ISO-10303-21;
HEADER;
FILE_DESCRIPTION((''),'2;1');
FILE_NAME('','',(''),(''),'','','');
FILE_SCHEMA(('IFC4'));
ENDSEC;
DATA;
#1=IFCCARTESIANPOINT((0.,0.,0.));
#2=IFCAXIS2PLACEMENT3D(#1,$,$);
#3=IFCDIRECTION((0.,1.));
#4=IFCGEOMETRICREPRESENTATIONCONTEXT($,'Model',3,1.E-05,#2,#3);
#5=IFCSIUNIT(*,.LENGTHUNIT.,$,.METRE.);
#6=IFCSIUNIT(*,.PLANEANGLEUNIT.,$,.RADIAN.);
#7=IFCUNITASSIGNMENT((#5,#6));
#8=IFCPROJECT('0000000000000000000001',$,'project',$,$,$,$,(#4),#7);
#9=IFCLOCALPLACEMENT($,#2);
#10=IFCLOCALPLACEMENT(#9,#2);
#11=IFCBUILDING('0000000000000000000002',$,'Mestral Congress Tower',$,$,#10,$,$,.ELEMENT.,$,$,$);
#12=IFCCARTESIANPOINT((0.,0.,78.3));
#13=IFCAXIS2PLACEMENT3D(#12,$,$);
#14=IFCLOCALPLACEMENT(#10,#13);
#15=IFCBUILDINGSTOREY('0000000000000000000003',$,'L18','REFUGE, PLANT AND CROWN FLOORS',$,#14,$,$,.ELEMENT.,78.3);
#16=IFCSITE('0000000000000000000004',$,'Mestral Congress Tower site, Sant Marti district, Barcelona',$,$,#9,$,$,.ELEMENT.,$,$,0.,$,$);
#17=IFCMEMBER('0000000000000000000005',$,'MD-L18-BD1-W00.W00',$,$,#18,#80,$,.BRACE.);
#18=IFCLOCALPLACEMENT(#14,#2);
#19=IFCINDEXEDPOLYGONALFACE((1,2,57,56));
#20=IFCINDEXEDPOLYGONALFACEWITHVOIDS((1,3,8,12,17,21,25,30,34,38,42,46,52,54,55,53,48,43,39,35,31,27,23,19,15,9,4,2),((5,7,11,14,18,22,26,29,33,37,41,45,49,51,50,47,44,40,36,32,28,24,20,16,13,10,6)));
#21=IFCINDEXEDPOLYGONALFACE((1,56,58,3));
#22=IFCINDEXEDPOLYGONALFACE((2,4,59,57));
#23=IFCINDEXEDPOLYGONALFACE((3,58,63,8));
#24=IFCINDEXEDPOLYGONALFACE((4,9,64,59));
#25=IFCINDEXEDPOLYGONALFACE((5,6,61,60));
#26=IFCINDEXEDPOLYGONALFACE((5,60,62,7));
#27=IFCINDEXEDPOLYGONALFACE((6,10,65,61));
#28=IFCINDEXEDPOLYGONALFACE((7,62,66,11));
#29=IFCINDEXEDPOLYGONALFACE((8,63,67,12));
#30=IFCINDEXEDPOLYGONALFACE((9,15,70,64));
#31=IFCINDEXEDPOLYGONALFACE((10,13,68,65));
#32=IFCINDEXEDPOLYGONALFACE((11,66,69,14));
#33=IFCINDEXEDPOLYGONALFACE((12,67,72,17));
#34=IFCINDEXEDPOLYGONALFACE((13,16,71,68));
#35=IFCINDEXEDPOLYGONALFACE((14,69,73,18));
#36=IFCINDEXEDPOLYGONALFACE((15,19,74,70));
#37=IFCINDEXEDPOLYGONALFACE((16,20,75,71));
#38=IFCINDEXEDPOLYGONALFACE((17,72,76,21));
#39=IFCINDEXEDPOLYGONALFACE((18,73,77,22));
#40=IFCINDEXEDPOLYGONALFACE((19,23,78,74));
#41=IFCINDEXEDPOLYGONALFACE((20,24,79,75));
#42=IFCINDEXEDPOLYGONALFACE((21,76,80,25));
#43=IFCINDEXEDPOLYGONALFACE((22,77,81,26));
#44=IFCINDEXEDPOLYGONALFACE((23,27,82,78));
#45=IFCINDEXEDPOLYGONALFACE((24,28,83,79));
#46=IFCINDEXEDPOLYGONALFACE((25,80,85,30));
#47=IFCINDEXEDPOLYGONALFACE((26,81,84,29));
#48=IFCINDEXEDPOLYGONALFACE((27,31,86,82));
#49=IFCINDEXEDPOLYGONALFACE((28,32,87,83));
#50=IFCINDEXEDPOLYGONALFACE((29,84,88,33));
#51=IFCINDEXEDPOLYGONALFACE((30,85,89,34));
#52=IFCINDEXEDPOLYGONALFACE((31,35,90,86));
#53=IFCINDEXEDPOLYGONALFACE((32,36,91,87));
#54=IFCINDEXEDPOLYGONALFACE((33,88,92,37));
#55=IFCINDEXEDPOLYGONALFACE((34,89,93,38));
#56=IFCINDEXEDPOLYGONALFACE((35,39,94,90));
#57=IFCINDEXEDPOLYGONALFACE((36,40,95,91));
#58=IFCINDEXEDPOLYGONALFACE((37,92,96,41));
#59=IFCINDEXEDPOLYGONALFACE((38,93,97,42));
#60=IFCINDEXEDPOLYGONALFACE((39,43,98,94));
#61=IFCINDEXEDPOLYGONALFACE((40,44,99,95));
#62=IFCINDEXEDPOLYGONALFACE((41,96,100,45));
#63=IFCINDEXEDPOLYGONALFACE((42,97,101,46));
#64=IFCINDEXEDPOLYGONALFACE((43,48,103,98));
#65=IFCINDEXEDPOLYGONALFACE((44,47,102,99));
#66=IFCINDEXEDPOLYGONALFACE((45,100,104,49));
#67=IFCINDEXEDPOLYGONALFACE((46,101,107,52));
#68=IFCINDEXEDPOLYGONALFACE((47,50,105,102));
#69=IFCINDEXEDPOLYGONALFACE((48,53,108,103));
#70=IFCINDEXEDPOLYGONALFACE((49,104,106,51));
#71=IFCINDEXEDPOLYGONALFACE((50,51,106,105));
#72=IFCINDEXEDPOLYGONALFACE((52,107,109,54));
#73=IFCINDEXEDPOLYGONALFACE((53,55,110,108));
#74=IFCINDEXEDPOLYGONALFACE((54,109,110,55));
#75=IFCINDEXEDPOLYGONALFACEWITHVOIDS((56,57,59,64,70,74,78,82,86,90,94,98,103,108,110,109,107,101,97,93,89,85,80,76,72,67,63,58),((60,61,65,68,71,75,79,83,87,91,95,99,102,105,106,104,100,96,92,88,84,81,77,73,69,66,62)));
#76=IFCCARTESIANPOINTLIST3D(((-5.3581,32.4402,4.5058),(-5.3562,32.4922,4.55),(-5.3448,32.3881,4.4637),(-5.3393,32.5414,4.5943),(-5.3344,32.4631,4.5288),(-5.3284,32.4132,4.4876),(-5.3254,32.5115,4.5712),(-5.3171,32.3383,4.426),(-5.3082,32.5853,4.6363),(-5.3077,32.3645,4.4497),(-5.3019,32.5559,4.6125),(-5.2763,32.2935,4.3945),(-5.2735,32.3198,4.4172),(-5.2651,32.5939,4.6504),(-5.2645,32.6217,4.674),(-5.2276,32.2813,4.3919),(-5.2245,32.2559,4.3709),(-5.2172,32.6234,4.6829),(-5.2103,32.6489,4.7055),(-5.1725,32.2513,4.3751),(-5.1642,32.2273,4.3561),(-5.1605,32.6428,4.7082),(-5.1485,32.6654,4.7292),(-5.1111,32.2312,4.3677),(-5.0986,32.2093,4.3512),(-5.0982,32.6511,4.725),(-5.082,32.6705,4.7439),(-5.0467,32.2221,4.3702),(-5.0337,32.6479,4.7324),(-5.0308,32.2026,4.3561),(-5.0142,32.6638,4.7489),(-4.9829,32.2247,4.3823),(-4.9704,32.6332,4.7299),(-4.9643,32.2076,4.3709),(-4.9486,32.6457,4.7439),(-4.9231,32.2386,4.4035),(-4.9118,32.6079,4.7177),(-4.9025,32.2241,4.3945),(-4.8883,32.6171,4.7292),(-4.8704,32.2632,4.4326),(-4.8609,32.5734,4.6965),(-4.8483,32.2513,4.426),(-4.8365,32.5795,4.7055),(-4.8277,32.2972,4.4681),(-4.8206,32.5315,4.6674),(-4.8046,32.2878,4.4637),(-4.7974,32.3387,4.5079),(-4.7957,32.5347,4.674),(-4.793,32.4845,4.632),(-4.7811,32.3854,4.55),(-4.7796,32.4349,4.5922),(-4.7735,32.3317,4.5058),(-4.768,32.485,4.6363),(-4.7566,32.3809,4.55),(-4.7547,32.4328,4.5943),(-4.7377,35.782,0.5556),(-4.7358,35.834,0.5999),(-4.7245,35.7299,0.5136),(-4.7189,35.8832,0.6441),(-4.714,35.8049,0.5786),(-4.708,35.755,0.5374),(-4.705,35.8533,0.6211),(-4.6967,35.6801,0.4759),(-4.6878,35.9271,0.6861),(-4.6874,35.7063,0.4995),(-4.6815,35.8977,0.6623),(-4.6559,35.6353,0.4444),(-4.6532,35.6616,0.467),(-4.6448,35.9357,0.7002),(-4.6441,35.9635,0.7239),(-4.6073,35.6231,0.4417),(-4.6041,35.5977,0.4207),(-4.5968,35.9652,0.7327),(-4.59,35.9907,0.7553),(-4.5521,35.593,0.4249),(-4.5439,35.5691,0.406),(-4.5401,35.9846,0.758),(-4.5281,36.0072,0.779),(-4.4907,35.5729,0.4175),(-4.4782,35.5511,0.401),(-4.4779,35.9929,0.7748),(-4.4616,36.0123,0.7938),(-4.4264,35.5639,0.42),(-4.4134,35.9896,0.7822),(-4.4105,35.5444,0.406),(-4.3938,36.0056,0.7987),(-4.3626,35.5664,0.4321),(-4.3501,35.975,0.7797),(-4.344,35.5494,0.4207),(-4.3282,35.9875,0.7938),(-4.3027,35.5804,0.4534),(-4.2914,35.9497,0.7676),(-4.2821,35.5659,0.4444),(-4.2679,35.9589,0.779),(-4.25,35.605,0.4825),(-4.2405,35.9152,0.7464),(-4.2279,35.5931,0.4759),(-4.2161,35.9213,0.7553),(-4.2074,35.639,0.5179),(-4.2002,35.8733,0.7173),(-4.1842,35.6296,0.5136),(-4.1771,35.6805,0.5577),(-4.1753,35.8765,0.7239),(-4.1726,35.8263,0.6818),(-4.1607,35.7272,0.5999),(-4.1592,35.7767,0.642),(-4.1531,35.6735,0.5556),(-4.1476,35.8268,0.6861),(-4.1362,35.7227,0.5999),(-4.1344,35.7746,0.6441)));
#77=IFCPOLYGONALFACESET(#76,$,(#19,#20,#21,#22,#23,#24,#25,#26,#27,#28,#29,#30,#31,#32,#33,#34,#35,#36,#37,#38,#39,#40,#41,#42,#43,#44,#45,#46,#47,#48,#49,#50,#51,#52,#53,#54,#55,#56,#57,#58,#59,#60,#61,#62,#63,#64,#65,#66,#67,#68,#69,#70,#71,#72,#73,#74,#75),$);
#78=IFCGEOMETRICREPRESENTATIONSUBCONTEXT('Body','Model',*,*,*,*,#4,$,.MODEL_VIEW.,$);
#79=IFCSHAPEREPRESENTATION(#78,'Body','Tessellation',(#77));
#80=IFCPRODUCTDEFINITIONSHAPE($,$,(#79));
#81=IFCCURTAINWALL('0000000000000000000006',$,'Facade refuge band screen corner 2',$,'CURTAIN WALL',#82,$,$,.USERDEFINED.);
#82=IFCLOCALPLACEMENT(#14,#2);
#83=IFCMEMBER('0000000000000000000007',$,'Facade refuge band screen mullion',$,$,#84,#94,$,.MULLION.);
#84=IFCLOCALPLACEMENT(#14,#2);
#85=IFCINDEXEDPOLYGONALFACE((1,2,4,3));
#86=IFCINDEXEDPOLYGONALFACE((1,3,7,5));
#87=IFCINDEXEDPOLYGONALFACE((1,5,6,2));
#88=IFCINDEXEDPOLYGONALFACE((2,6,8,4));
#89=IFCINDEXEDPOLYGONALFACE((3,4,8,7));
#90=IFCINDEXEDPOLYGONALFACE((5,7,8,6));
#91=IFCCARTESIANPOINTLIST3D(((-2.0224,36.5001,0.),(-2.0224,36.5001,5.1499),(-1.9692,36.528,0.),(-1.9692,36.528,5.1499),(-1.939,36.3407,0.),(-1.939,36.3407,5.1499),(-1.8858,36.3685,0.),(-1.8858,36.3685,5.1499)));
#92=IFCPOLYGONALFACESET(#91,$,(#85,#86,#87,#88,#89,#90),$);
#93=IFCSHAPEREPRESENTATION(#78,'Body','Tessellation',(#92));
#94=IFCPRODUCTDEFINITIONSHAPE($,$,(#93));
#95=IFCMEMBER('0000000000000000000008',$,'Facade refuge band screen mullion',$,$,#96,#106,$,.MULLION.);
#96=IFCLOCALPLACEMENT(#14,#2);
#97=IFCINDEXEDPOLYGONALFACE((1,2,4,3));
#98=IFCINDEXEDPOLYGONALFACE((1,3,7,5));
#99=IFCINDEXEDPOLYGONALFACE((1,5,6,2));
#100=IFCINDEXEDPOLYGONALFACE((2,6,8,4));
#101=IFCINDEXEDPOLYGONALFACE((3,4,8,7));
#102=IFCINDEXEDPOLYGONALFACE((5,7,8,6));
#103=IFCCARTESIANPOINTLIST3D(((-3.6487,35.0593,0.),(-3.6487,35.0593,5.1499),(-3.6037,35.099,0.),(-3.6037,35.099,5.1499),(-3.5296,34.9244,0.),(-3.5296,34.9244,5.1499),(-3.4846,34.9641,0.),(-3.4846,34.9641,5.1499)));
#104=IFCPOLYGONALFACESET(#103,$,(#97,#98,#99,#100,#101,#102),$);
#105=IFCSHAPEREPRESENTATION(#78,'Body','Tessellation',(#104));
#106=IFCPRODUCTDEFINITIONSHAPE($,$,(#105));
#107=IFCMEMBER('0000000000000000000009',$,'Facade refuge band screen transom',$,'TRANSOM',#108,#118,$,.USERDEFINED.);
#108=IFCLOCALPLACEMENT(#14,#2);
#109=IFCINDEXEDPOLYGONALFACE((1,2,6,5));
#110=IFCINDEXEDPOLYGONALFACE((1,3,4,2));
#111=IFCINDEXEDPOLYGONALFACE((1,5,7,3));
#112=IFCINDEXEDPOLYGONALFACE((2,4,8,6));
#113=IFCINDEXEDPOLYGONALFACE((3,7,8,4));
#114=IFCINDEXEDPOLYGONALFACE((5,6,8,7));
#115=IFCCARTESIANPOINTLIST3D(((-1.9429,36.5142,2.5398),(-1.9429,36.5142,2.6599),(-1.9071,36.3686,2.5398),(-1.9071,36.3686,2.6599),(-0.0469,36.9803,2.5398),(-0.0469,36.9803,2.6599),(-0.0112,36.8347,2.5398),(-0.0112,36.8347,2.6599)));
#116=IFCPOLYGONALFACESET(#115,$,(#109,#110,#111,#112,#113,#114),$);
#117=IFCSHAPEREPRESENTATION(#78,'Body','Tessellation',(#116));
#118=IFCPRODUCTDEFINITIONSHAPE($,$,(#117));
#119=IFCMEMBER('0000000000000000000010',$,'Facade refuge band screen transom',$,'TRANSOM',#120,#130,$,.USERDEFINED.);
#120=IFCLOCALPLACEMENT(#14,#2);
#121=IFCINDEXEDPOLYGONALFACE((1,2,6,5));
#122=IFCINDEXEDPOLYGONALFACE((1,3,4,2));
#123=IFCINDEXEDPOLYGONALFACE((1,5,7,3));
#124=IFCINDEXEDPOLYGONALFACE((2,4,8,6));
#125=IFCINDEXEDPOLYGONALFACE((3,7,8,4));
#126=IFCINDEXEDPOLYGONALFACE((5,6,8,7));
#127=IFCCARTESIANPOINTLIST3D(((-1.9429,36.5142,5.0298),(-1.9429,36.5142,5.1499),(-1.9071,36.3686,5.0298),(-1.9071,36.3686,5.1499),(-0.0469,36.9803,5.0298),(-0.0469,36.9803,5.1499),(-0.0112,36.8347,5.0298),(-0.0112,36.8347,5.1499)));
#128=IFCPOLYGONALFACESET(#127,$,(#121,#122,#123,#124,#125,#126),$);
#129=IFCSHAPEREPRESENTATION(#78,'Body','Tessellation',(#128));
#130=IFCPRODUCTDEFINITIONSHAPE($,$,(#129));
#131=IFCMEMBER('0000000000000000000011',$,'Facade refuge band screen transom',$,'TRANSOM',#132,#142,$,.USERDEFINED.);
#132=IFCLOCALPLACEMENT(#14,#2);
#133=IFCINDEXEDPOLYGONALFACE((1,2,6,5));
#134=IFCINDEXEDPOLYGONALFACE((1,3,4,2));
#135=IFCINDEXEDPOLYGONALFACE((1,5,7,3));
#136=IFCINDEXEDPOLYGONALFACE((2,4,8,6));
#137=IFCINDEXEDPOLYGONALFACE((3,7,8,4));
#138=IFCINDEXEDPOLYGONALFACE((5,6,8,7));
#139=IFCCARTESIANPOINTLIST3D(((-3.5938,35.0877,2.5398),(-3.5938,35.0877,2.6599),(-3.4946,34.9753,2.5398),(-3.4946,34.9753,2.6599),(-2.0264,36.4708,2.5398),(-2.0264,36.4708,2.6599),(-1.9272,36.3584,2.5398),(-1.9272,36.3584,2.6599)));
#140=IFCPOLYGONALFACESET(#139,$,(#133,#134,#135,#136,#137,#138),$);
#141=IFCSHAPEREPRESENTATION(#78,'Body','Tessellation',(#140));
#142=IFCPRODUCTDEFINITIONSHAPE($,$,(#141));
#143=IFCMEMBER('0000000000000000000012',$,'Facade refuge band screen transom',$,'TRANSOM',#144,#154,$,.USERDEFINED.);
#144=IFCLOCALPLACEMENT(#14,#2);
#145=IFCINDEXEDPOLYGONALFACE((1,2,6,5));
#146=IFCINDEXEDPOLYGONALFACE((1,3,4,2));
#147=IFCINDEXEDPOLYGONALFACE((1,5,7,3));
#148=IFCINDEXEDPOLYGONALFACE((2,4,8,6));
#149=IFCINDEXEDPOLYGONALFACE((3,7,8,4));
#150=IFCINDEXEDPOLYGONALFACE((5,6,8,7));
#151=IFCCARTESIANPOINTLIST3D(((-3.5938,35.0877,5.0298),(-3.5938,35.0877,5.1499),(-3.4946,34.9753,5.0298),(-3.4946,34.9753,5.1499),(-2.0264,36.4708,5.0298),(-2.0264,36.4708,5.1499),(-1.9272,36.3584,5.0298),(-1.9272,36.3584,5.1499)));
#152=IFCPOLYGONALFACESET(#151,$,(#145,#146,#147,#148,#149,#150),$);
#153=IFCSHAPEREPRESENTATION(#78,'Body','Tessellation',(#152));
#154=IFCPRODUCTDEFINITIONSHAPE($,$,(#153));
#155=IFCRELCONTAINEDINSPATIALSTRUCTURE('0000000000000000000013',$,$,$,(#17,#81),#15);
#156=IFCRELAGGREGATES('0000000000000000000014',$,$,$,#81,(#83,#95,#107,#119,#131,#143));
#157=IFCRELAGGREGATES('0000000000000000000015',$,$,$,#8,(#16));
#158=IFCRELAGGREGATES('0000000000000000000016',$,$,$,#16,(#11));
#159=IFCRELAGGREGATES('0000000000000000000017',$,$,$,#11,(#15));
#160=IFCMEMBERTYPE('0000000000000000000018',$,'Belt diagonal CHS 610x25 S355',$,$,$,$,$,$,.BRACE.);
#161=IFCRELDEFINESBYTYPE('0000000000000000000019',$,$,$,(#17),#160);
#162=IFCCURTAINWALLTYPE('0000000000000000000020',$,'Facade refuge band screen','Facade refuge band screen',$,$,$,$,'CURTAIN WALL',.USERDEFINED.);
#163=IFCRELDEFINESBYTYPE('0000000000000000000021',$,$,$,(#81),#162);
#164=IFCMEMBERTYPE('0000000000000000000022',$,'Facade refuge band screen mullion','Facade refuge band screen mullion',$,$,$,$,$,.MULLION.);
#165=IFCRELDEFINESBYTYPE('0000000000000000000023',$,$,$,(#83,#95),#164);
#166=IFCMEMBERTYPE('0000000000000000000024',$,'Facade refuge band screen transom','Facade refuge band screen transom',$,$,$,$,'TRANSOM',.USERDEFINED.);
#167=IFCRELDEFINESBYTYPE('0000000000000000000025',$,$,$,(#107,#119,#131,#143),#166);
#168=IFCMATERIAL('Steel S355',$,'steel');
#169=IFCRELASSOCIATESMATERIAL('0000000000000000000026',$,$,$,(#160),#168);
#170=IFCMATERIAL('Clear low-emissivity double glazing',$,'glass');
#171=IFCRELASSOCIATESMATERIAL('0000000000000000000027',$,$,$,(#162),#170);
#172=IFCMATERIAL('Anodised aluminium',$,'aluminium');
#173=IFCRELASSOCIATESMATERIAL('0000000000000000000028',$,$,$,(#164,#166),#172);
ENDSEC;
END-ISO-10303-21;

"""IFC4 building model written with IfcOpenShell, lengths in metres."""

from ifc_helpers import new_model, si_unit, direction, frame, origin, origin_2d, place, context, subcontext, project, spatial, rectangle, hollow_circle, extrude, material, material_profile, profile_set, type_object, element, aggregate, save


model = new_model("IFC4")

# Units and contexts
model_context = context("Model", 3, precision=1e-05, world=origin(), true_north=direction((0.0, 1.0)))
body_context = subcontext(model_context, "Body", "Model", "MODEL_VIEW")
ifc_project = project(units=[si_unit("LENGTHUNIT", "METRE"), si_unit("PLANEANGLEUNIT", "RADIAN")], contexts=[model_context])

# Site, building, storey
site_placement = place(None, origin())
site = spatial("IfcSite", under=ifc_project, at=site_placement, Name="Mestral Congress Tower site, Sant Marti district, Barcelona", CompositionType="ELEMENT", RefElevation=0.0)
building_placement = place(site_placement, origin())
building = spatial("IfcBuilding", under=site, at=building_placement, Name="Mestral Congress Tower", CompositionType="ELEMENT")
storey_placement = place(building_placement, frame((0.0, 0.0, 78.3)))
storey = spatial("IfcBuildingStorey", under=building, at=storey_placement, Name="L18", Description="REFUGE, PLANT AND CROWN FLOORS", CompositionType="ELEMENT", Elevation=78.3)

# Member
ifc_material_1 = material(Name="Steel S355", Category="steel")
ifc_material_profile_1 = material_profile(ifc_material_1, hollow_circle(Radius=0.3049, WallThickness=0.0249, at=origin_2d()), Name="CHS 610x25")
ifc_profile_set_1 = profile_set([ifc_material_profile_1], Name="Steel S355")
member_type_1 = type_object("IfcMemberType", Name="Belt diagonal CHS 610x25 S355", PredefinedType="BRACE", material=ifc_profile_set_1)
member_1_placement = place(storey_placement, frame((-4.436, 35.7783, 0.5999), z_axis=(-0.119044, -0.641273, 0.758022), x_axis=(0.983202, -0.182519, 0.0)))
element("IfcMember", 1, at=member_1_placement, inside=storey, type_object=member_type_1, Name="MD-L18-BD1-W00.W00", PredefinedType="BRACE", context=body_context, shape_type="SweptSolid", body=[
    extrude(hollow_circle(Radius=0.3049, WallThickness=0.0249, at=origin_2d()), origin(), (0.0, 0.0, 1.0), 5.2112),
])

# Curtain wall, members
ifc_material_2 = material(Name="Clear low-emissivity double glazing", Category="glass")
curtain_wall_type = type_object("IfcCurtainWallType", Name="Facade refuge band screen", Description="Facade refuge band screen", ElementType="CURTAIN WALL", PredefinedType="USERDEFINED", material=ifc_material_2)
placement = place(storey_placement, origin())
curtain_wall_1 = element("IfcCurtainWall", 2, at=placement, inside=storey, type_object=curtain_wall_type, Name="Facade refuge band screen corner 2", ObjectType="CURTAIN WALL", PredefinedType="USERDEFINED")
ifc_material_3 = material(Name="Anodised aluminium", Category="aluminium")
ifc_material_profile_2 = material_profile(ifc_material_3, rectangle(XDim=0.1799, YDim=0.0601, at=origin_2d()), Name="CW3 mullion 180 x 60")
ifc_profile_set_2 = profile_set([ifc_material_profile_2], Name="Anodised aluminium")
member_type_2 = type_object("IfcMemberType", Name="Facade refuge band screen mullion", Description="Facade refuge band screen mullion", PredefinedType="MULLION", material=ifc_profile_set_2)
member_2_placement = place(storey_placement, frame((-1.9541, 36.4343, 0.0), z_axis=(0.0, 0.0, 1.0), x_axis=(-0.463556, 0.886068, 0.0)))
member_2 = element("IfcMember", 3, at=member_2_placement, type_object=member_type_2, Name="Facade refuge band screen mullion", PredefinedType="MULLION", context=body_context, shape_type="SweptSolid", body=[
    extrude(rectangle(XDim=0.1799, YDim=0.0601, at=origin_2d()), origin(), (0.0, 0.0, 1.0), 5.1499),
])
member_3_placement = place(storey_placement, frame((-3.5667, 35.0117, 0.0), z_axis=(0.0, 0.0, 1.0), x_axis=(-0.661642, 0.74982, 0.0)))
member_3 = element("IfcMember", 4, at=member_3_placement, type_object=member_type_2, Name="Facade refuge band screen mullion", PredefinedType="MULLION", context=body_context, shape_type="SweptSolid", body=[
    extrude(rectangle(XDim=0.1799, YDim=0.0601, at=origin_2d()), origin(), (0.0, 0.0, 1.0), 5.1499),
])
ifc_material_profile_3 = material_profile(ifc_material_3, rectangle(XDim=0.1499, YDim=0.1201, at=origin_2d()), Name="CW3 transom 150 x 120")
ifc_profile_set_3 = profile_set([ifc_material_profile_3], Name="Anodised aluminium")
member_type_3 = type_object("IfcMemberType", Name="Facade refuge band screen transom", Description="Facade refuge band screen transom", ElementType="TRANSOM", PredefinedType="USERDEFINED", material=ifc_profile_set_3)
member_4_placement = place(storey_placement, frame((-0.0291, 36.9075, 2.5999), z_axis=(-0.971091, -0.238709, 0.0), x_axis=(0.238709, -0.971091, 0.0)))
member_4 = element("IfcMember", 5, at=member_4_placement, type_object=member_type_3, Name="Facade refuge band screen transom", ObjectType="TRANSOM", PredefinedType="USERDEFINED", context=body_context, shape_type="SweptSolid", body=[
    extrude(rectangle(XDim=0.1499, YDim=0.1201, at=origin_2d()), origin(), (0.0, 0.0, 1.0), 1.9524),
])
member_5_placement = place(storey_placement, frame((-0.0291, 36.9075, 5.0898), z_axis=(-0.971091, -0.238709, 0.0), x_axis=(0.238709, -0.971091, 0.0)))
member_5 = element("IfcMember", 6, at=member_5_placement, type_object=member_type_3, Name="Facade refuge band screen transom", ObjectType="TRANSOM", PredefinedType="USERDEFINED", context=body_context, shape_type="SweptSolid", body=[
    extrude(rectangle(XDim=0.1499, YDim=0.1201, at=origin_2d()), origin(), (0.0, 0.0, 1.0), 1.9524),
])
member_6_placement = place(storey_placement, frame((-1.9768, 36.4146, 2.5999), z_axis=(-0.749821, -0.661641, 0.0), x_axis=(0.661641, -0.749821, 0.0)))
member_6 = element("IfcMember", 7, at=member_6_placement, type_object=member_type_3, Name="Facade refuge band screen transom", ObjectType="TRANSOM", PredefinedType="USERDEFINED", context=body_context, shape_type="SweptSolid", body=[
    extrude(rectangle(XDim=0.1499, YDim=0.1201, at=origin_2d()), origin(), (0.0, 0.0, 1.0), 2.0903),
])
member_7_placement = place(storey_placement, frame((-1.9768, 36.4146, 5.0898), z_axis=(-0.749821, -0.661641, 0.0), x_axis=(0.661641, -0.749821, 0.0)))
member_7 = element("IfcMember", 8, at=member_7_placement, type_object=member_type_3, Name="Facade refuge band screen transom", ObjectType="TRANSOM", PredefinedType="USERDEFINED", context=body_context, shape_type="SweptSolid", body=[
    extrude(rectangle(XDim=0.1499, YDim=0.1201, at=origin_2d()), origin(), (0.0, 0.0, 1.0), 2.0903),
])

aggregate(curtain_wall_1, [member_2, member_3, member_4, member_5, member_6, member_7])

save(model, "model.ifc")
